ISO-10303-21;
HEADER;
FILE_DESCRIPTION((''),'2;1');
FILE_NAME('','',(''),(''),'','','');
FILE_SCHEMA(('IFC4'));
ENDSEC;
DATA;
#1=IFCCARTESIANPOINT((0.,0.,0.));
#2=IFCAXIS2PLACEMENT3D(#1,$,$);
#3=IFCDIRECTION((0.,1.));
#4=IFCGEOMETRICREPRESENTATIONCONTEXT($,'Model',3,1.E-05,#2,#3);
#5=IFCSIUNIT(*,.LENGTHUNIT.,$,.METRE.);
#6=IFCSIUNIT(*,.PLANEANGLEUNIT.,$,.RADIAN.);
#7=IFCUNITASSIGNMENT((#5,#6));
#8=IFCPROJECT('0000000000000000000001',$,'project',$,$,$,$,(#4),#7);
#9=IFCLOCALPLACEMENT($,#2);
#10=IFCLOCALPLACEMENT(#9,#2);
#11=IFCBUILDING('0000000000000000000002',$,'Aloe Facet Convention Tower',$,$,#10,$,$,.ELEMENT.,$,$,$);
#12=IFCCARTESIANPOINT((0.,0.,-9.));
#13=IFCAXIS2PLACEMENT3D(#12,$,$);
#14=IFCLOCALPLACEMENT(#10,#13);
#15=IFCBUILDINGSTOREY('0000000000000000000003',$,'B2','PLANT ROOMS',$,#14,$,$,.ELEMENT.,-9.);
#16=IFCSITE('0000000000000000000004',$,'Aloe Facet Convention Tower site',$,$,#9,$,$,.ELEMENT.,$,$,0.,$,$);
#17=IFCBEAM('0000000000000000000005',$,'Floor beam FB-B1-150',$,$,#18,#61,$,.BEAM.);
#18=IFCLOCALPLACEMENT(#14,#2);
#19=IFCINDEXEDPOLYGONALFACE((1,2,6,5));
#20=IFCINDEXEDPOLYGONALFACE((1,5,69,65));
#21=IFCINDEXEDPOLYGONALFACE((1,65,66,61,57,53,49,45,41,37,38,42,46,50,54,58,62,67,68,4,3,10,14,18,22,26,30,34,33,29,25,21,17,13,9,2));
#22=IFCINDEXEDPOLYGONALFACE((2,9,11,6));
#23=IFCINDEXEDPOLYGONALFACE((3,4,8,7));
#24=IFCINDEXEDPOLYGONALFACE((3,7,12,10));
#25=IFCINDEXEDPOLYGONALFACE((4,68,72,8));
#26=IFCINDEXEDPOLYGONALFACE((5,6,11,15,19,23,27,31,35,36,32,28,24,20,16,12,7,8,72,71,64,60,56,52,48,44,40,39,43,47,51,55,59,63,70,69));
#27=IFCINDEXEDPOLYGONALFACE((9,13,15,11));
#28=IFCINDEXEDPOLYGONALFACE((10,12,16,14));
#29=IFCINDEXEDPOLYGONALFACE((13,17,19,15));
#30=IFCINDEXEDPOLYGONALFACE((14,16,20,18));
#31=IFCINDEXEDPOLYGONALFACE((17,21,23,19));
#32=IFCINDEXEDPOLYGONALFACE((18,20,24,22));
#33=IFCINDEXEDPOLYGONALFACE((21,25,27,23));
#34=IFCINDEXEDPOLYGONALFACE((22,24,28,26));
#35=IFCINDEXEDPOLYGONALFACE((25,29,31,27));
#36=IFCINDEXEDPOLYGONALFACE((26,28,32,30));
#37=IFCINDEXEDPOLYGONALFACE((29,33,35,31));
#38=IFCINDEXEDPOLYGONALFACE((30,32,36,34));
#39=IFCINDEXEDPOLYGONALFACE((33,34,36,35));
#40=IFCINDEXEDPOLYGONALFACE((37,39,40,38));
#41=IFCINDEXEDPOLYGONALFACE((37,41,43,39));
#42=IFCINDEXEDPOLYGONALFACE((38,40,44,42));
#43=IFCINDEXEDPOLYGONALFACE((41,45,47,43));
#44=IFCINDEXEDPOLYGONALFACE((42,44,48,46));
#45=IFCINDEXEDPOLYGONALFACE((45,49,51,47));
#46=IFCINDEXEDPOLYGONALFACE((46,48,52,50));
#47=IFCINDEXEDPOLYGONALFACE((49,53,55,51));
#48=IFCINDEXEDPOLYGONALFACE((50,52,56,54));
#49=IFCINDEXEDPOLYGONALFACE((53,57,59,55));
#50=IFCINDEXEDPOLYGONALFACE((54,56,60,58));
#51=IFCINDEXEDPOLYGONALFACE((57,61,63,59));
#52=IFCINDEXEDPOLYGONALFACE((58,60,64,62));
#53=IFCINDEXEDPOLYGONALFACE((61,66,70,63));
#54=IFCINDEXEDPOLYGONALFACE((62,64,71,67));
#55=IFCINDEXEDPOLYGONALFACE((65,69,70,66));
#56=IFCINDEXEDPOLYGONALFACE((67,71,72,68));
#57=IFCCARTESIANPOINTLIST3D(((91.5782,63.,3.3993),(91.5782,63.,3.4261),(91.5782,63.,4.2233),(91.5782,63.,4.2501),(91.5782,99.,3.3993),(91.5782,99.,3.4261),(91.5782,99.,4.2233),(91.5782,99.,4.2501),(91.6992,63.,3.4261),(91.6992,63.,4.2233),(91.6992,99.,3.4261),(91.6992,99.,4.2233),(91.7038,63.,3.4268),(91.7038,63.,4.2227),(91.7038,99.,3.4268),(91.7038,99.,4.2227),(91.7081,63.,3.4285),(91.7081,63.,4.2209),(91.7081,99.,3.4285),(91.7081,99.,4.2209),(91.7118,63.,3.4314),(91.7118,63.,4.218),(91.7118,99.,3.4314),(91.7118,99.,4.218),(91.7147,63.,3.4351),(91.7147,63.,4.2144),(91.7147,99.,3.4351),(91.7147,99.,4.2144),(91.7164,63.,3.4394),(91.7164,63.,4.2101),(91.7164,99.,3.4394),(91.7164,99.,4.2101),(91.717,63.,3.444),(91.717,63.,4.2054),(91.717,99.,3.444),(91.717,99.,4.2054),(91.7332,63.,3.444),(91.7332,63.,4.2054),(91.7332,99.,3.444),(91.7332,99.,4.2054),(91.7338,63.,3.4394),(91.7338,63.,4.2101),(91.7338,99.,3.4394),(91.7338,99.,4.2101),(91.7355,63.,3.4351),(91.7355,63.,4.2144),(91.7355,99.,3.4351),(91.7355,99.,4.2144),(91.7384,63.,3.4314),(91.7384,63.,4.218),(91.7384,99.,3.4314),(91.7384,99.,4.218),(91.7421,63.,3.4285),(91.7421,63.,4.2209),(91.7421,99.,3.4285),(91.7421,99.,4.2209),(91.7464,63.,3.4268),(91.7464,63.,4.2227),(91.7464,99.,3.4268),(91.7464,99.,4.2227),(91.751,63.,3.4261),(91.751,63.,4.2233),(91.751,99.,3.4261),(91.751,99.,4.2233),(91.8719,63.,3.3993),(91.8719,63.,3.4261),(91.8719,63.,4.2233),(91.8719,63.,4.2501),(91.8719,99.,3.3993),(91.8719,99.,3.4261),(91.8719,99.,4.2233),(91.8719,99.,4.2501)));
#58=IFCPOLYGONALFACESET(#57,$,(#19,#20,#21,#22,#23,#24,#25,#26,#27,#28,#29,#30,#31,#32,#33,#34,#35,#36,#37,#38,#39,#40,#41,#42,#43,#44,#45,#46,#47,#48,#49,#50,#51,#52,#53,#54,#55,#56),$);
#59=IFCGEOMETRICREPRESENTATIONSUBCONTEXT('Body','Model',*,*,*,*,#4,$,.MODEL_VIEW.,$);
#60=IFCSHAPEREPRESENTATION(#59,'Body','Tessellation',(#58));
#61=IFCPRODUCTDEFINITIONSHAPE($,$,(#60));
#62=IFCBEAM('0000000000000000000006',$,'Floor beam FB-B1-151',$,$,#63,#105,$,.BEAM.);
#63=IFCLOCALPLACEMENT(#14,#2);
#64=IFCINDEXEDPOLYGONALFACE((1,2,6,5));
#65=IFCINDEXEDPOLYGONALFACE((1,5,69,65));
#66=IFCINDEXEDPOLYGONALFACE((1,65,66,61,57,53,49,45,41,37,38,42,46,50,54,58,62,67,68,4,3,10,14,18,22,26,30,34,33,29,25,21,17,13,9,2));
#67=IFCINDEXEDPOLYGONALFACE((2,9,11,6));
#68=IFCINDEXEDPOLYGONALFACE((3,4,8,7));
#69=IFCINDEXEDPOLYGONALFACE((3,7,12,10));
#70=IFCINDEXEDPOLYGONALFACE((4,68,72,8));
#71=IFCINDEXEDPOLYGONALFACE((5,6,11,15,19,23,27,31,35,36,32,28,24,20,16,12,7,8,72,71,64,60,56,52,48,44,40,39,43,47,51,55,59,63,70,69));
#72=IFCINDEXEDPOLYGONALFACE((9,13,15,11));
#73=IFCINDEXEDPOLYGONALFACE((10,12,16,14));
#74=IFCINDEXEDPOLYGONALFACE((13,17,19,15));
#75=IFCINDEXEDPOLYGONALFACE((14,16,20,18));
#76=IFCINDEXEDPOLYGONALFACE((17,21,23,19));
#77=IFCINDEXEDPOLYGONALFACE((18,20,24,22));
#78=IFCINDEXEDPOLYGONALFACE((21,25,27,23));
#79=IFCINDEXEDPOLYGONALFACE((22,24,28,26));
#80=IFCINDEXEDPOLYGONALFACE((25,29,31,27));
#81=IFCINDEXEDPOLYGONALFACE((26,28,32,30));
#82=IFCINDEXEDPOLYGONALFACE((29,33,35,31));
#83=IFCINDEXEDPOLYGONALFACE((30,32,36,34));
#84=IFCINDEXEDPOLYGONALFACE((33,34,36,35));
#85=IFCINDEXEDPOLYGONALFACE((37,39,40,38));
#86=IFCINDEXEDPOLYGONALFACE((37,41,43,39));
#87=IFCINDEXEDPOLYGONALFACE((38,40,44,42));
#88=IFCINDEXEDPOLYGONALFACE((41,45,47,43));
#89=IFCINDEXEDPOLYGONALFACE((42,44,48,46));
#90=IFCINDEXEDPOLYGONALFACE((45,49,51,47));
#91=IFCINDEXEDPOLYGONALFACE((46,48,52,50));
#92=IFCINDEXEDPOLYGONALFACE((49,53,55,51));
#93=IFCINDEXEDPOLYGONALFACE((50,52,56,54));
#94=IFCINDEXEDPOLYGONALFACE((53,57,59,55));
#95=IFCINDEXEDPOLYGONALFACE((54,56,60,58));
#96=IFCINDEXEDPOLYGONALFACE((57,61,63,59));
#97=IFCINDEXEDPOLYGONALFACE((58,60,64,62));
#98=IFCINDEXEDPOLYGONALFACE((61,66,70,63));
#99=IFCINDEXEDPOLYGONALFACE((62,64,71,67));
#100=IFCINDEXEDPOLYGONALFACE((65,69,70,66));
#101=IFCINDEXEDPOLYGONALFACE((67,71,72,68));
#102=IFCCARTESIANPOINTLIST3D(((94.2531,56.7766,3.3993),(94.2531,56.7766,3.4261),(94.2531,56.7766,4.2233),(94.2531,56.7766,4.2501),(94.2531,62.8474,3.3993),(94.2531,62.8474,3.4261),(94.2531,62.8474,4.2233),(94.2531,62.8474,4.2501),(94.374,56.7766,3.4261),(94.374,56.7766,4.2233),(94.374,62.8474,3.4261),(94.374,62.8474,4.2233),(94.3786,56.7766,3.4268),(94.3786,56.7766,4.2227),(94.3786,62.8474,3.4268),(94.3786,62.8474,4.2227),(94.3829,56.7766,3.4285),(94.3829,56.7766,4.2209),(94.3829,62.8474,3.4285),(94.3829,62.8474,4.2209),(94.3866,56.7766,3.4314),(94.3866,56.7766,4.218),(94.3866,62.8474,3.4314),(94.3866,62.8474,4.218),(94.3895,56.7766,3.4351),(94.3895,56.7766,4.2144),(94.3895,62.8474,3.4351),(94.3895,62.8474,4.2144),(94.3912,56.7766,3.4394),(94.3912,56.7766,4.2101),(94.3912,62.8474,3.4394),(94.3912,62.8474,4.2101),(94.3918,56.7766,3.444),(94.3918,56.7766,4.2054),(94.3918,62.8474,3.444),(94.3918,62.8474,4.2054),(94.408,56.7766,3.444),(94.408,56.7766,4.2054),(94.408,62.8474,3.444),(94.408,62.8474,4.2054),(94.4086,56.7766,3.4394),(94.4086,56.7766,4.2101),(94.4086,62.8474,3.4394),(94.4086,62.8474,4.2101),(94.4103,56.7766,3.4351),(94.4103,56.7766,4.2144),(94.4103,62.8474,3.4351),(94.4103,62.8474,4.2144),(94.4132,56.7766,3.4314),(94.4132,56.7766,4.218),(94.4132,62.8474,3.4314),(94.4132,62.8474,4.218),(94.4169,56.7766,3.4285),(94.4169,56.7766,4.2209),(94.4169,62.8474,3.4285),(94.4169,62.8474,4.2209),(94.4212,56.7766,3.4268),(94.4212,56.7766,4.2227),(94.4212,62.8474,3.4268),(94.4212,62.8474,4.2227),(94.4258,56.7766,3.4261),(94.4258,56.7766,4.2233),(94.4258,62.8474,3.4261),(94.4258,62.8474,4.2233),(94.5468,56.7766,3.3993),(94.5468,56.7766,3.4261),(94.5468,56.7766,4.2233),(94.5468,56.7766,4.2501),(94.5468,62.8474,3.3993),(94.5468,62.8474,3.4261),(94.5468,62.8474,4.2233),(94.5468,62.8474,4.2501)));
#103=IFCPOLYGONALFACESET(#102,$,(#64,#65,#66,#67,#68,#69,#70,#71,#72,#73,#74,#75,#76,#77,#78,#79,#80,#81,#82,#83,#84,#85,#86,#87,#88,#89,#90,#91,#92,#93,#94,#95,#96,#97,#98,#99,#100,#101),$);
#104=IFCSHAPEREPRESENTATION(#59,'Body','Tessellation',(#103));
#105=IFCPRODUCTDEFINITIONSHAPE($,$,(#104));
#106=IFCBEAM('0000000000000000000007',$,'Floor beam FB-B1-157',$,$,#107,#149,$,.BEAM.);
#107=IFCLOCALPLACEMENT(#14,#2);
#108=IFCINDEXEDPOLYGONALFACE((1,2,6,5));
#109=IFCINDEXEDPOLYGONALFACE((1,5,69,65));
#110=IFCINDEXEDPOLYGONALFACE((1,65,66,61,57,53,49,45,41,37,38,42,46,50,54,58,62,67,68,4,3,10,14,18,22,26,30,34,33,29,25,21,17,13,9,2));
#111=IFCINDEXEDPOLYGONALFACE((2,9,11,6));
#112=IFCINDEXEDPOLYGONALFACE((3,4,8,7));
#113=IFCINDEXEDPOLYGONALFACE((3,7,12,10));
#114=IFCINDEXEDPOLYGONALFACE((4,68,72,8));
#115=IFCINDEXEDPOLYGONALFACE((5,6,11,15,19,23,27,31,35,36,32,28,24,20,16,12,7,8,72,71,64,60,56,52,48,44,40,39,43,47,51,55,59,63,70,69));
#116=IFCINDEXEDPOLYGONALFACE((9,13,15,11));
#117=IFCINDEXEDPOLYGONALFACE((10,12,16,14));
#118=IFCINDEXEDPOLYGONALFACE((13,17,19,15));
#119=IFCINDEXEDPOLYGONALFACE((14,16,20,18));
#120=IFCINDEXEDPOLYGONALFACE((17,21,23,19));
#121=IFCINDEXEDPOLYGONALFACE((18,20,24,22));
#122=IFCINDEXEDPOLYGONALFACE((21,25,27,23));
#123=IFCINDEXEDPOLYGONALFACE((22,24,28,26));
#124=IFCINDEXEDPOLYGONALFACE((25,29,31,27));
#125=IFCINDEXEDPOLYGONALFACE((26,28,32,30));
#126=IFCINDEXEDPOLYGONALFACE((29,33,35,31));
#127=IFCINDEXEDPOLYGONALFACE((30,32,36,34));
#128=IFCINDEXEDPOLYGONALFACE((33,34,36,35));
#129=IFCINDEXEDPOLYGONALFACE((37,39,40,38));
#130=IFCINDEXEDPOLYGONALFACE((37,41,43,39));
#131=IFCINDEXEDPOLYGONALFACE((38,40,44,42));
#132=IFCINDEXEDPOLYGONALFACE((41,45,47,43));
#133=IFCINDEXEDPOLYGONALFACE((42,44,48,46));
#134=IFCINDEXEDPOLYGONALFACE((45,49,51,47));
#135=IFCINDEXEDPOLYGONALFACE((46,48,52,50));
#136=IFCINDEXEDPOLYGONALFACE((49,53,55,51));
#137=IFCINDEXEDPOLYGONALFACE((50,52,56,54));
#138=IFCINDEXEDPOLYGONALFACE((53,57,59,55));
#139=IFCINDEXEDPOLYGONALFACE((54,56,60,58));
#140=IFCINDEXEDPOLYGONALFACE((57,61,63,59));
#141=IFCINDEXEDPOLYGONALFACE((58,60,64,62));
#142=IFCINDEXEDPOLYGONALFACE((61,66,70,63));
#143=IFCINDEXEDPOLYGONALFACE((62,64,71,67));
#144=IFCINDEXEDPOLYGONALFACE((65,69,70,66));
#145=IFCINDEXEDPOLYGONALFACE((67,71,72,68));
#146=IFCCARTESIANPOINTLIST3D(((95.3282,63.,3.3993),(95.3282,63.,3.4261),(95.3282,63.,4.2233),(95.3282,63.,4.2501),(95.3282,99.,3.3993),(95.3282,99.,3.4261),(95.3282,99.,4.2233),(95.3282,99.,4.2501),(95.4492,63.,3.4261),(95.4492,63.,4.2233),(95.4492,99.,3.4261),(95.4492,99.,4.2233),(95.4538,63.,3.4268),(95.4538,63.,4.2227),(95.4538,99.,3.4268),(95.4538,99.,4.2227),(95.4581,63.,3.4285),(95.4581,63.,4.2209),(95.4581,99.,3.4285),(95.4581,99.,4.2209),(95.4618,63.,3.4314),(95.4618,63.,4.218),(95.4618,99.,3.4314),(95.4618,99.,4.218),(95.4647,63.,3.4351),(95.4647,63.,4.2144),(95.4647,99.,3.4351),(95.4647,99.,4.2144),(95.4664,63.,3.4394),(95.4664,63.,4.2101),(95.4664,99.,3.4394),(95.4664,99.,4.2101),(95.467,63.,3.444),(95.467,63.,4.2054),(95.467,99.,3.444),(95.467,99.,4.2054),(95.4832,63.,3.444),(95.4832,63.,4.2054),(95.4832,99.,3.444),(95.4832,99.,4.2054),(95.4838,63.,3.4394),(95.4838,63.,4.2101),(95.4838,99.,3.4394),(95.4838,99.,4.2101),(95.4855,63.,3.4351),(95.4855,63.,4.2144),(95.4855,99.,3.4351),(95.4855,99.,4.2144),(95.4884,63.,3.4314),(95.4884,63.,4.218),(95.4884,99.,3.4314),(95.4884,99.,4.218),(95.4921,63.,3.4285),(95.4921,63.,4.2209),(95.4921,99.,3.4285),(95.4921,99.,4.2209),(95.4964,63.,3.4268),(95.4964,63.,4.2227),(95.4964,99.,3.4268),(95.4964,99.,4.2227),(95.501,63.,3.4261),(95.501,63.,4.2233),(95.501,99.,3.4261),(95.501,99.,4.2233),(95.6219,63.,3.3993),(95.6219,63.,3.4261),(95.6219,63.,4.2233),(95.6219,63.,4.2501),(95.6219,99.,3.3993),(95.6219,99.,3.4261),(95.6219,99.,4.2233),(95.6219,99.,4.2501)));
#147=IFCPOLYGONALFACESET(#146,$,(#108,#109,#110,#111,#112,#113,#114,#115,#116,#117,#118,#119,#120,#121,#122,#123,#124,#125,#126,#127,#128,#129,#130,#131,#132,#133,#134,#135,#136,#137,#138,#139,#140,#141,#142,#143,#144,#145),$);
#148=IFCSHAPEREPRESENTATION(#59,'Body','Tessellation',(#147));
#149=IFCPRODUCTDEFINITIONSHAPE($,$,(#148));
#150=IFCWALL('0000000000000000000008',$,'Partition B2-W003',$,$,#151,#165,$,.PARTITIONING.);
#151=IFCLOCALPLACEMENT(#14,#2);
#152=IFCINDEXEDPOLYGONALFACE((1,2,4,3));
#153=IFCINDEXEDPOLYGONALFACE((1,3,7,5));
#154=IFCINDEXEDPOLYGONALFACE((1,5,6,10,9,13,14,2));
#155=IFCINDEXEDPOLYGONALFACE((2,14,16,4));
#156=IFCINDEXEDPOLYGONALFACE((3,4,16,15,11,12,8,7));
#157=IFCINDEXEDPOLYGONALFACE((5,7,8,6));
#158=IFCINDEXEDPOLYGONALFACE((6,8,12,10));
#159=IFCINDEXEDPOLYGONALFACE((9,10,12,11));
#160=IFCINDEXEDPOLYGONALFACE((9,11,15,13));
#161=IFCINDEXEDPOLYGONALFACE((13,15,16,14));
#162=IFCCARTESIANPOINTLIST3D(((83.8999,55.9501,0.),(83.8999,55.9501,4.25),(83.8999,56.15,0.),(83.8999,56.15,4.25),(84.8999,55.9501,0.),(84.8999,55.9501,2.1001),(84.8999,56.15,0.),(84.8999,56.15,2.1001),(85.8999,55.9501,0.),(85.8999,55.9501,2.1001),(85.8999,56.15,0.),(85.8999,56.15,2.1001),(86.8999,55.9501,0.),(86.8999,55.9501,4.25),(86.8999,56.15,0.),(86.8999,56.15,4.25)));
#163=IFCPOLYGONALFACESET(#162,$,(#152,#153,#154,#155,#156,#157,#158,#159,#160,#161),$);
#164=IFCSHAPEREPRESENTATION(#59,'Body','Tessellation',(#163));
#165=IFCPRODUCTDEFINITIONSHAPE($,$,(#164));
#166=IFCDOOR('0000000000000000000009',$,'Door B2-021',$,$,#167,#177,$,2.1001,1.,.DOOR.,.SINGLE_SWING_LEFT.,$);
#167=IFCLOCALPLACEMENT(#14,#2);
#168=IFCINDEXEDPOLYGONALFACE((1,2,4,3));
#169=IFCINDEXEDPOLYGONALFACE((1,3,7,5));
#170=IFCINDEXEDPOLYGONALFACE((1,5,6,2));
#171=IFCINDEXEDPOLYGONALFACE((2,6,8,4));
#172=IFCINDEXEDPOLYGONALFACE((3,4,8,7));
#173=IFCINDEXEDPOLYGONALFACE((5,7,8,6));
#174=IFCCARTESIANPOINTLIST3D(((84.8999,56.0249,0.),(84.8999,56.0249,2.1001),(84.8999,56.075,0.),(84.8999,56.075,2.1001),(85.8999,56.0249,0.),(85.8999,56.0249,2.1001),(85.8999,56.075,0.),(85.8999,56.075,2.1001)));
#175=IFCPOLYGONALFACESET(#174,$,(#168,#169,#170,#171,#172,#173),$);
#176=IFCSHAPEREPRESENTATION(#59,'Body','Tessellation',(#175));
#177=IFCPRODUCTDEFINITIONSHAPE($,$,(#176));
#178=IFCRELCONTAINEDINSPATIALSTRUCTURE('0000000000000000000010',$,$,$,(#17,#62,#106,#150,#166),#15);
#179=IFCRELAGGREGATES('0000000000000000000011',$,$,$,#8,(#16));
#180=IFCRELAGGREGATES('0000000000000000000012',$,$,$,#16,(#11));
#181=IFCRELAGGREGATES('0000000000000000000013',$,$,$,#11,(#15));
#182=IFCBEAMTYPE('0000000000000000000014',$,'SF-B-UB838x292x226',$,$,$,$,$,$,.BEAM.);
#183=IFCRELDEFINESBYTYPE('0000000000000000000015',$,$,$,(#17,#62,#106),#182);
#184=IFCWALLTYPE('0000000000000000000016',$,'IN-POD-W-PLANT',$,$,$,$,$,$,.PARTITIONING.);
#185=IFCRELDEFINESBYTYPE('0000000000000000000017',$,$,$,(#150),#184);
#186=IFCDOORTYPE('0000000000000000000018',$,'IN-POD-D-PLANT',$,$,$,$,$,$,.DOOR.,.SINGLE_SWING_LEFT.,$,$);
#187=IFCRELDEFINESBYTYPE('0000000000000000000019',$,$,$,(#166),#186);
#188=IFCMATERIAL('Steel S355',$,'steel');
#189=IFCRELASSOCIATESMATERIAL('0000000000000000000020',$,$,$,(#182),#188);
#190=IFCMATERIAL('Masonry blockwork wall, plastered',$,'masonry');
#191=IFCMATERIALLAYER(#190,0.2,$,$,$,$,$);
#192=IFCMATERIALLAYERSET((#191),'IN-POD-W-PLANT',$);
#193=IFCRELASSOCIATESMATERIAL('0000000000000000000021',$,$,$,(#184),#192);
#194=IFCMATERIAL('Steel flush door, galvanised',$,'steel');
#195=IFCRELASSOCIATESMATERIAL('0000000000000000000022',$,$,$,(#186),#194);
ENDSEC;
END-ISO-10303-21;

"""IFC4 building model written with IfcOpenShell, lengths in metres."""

from ifc_helpers import new_model, si_unit, direction, frame, frame_2d, origin, origin_2d, place, context, subcontext, project, spatial, rectangle, i_section, extrude, material, layer, layer_set, material_profile, profile_set, type_object, element, fill, save


model = new_model("IFC4")

# Units and contexts
model_context = context("Model", 3, precision=1e-05, world=origin(), true_north=direction((0.0, 1.0)))
body_context = subcontext(model_context, "Body", "Model", "MODEL_VIEW")
ifc_project = project(units=[si_unit("LENGTHUNIT", "METRE"), si_unit("PLANEANGLEUNIT", "RADIAN")], contexts=[model_context])

# Site, building, storey
site_placement = place(None, origin())
site = spatial("IfcSite", under=ifc_project, at=site_placement, Name="Aloe Facet Convention Tower site", CompositionType="ELEMENT", RefElevation=0.0)
building_placement = place(site_placement, origin())
building = spatial("IfcBuilding", under=site, at=building_placement, Name="Aloe Facet Convention Tower", CompositionType="ELEMENT")
storey_placement = place(building_placement, frame((0.0, 0.0, -9.0)))
storey = spatial("IfcBuildingStorey", under=building, at=storey_placement, Name="B2", Description="PLANT ROOMS", CompositionType="ELEMENT", Elevation=-9.0)

# Beams
ifc_material_1 = material(Name="Steel S355", Category="steel")
ifc_material_profile_1 = material_profile(ifc_material_1, i_section(OverallWidth=0.2937, OverallDepth=0.8508, WebThickness=0.0161, FlangeThickness=0.0269, FilletRadius=0.0178, at=origin_2d()), Name="UB 838x292x226")
ifc_profile_set_1 = profile_set([ifc_material_profile_1], Name="Steel S355")
beam_type_1 = type_object("IfcBeamType", Name="SF-B-UB838x292x226", PredefinedType="BEAM", material=ifc_profile_set_1)
beam_1_placement = place(storey_placement, frame((91.7251, 63.0, 3.8247), z_axis=(0.0, 1.0, 0.0), x_axis=(-1.0, 0.0, 0.0)))
element("IfcBeam", 1, at=beam_1_placement, inside=storey, type_object=beam_type_1, Name="Floor beam FB-B1-150", PredefinedType="BEAM", context=body_context, shape_type="SweptSolid", body=[
    extrude(i_section(OverallWidth=0.2937, OverallDepth=0.8508, WebThickness=0.0161, FlangeThickness=0.0269, FilletRadius=0.0178, at=origin_2d()), origin(), (0.0, 0.0, 1.0), 36.0),
])
beam_2_placement = place(storey_placement, frame((94.3999, 56.7766, 3.8247), z_axis=(0.0, 1.0, 0.0), x_axis=(-1.0, 0.0, 0.0)))
element("IfcBeam", 2, at=beam_2_placement, inside=storey, type_object=beam_type_1, Name="Floor beam FB-B1-151", PredefinedType="BEAM", context=body_context, shape_type="SweptSolid", body=[
    extrude(i_section(OverallWidth=0.2937, OverallDepth=0.8508, WebThickness=0.0161, FlangeThickness=0.0269, FilletRadius=0.0178, at=origin_2d()), origin(), (0.0, 0.0, 1.0), 6.0708),
])
beam_3_placement = place(storey_placement, frame((95.4751, 63.0, 3.8247), z_axis=(0.0, 1.0, 0.0), x_axis=(-1.0, 0.0, 0.0)))
element("IfcBeam", 3, at=beam_3_placement, inside=storey, type_object=beam_type_1, Name="Floor beam FB-B1-157", PredefinedType="BEAM", context=body_context, shape_type="SweptSolid", body=[
    extrude(i_section(OverallWidth=0.2937, OverallDepth=0.8508, WebThickness=0.0161, FlangeThickness=0.0269, FilletRadius=0.0178, at=origin_2d()), origin(), (0.0, 0.0, 1.0), 36.0),
])

# Wall, opening, door
ifc_material_2 = material(Name="Masonry blockwork wall, plastered", Category="masonry")
ifc_layer = layer(ifc_material_2, 0.2)
ifc_layer_set = layer_set([ifc_layer], Name="IN-POD-W-PLANT")
wall_type = type_object("IfcWallType", Name="IN-POD-W-PLANT", PredefinedType="PARTITIONING", material=ifc_layer_set)
wall_1_placement = place(storey_placement, frame((83.8999, 56.05, 0.0), z_axis=(0.0, 0.0, 1.0), x_axis=(1.0, 0.0, 0.0)))
wall_1 = element("IfcWall", 4, at=wall_1_placement, inside=storey, type_object=wall_type, Name="Partition B2-W003", PredefinedType="PARTITIONING", context=body_context, shape_type="SweptSolid", body=[
    extrude(rectangle(XDim=3.0, YDim=0.2, at=frame_2d((1.5, 0.0))), origin(), (0.0, 0.0, 1.0), 4.25),
])
opening_1_placement = place(wall_1_placement, frame((1.0, 0.0, 0.0)))
opening_1 = element("IfcOpeningElement", 5, at=opening_1_placement, cuts=wall_1, PredefinedType="OPENING", context=body_context, shape_type="SweptSolid", body=[
    extrude(rectangle(XDim=1.0, YDim=2.1001, at=frame_2d((0.5, 1.05))), frame((0.0, 0.1099, 0.0), z_axis=(0.0, -1.0, 0.0), x_axis=(1.0, 0.0, 0.0)), (0.0, 0.0, 1.0), 0.22),
])
ifc_material_3 = material(Name="Steel flush door, galvanised", Category="steel")
door_type_1 = type_object("IfcDoorType", Name="IN-POD-D-PLANT", OperationType="SINGLE_SWING_LEFT", PredefinedType="DOOR", material=ifc_material_3)
door_1_placement = place(opening_1_placement, origin())
door_1 = element("IfcDoor", 6, at=door_1_placement, inside=storey, type_object=door_type_1, Name="Door B2-021", OperationType="SINGLE_SWING_LEFT", OverallHeight=2.1001, OverallWidth=1.0, PredefinedType="DOOR", context=body_context, shape_type="SweptSolid", body=[
    extrude(rectangle(XDim=1.0, YDim=2.1001, at=frame_2d((0.5, 1.05))), frame((0.0, 0.0249, 0.0), z_axis=(0.0, -1.0, 0.0), x_axis=(1.0, 0.0, 0.0)), (0.0, 0.0, 1.0), 0.05),
])
fill(opening_1, door_1)

save(model, "model.ifc")
